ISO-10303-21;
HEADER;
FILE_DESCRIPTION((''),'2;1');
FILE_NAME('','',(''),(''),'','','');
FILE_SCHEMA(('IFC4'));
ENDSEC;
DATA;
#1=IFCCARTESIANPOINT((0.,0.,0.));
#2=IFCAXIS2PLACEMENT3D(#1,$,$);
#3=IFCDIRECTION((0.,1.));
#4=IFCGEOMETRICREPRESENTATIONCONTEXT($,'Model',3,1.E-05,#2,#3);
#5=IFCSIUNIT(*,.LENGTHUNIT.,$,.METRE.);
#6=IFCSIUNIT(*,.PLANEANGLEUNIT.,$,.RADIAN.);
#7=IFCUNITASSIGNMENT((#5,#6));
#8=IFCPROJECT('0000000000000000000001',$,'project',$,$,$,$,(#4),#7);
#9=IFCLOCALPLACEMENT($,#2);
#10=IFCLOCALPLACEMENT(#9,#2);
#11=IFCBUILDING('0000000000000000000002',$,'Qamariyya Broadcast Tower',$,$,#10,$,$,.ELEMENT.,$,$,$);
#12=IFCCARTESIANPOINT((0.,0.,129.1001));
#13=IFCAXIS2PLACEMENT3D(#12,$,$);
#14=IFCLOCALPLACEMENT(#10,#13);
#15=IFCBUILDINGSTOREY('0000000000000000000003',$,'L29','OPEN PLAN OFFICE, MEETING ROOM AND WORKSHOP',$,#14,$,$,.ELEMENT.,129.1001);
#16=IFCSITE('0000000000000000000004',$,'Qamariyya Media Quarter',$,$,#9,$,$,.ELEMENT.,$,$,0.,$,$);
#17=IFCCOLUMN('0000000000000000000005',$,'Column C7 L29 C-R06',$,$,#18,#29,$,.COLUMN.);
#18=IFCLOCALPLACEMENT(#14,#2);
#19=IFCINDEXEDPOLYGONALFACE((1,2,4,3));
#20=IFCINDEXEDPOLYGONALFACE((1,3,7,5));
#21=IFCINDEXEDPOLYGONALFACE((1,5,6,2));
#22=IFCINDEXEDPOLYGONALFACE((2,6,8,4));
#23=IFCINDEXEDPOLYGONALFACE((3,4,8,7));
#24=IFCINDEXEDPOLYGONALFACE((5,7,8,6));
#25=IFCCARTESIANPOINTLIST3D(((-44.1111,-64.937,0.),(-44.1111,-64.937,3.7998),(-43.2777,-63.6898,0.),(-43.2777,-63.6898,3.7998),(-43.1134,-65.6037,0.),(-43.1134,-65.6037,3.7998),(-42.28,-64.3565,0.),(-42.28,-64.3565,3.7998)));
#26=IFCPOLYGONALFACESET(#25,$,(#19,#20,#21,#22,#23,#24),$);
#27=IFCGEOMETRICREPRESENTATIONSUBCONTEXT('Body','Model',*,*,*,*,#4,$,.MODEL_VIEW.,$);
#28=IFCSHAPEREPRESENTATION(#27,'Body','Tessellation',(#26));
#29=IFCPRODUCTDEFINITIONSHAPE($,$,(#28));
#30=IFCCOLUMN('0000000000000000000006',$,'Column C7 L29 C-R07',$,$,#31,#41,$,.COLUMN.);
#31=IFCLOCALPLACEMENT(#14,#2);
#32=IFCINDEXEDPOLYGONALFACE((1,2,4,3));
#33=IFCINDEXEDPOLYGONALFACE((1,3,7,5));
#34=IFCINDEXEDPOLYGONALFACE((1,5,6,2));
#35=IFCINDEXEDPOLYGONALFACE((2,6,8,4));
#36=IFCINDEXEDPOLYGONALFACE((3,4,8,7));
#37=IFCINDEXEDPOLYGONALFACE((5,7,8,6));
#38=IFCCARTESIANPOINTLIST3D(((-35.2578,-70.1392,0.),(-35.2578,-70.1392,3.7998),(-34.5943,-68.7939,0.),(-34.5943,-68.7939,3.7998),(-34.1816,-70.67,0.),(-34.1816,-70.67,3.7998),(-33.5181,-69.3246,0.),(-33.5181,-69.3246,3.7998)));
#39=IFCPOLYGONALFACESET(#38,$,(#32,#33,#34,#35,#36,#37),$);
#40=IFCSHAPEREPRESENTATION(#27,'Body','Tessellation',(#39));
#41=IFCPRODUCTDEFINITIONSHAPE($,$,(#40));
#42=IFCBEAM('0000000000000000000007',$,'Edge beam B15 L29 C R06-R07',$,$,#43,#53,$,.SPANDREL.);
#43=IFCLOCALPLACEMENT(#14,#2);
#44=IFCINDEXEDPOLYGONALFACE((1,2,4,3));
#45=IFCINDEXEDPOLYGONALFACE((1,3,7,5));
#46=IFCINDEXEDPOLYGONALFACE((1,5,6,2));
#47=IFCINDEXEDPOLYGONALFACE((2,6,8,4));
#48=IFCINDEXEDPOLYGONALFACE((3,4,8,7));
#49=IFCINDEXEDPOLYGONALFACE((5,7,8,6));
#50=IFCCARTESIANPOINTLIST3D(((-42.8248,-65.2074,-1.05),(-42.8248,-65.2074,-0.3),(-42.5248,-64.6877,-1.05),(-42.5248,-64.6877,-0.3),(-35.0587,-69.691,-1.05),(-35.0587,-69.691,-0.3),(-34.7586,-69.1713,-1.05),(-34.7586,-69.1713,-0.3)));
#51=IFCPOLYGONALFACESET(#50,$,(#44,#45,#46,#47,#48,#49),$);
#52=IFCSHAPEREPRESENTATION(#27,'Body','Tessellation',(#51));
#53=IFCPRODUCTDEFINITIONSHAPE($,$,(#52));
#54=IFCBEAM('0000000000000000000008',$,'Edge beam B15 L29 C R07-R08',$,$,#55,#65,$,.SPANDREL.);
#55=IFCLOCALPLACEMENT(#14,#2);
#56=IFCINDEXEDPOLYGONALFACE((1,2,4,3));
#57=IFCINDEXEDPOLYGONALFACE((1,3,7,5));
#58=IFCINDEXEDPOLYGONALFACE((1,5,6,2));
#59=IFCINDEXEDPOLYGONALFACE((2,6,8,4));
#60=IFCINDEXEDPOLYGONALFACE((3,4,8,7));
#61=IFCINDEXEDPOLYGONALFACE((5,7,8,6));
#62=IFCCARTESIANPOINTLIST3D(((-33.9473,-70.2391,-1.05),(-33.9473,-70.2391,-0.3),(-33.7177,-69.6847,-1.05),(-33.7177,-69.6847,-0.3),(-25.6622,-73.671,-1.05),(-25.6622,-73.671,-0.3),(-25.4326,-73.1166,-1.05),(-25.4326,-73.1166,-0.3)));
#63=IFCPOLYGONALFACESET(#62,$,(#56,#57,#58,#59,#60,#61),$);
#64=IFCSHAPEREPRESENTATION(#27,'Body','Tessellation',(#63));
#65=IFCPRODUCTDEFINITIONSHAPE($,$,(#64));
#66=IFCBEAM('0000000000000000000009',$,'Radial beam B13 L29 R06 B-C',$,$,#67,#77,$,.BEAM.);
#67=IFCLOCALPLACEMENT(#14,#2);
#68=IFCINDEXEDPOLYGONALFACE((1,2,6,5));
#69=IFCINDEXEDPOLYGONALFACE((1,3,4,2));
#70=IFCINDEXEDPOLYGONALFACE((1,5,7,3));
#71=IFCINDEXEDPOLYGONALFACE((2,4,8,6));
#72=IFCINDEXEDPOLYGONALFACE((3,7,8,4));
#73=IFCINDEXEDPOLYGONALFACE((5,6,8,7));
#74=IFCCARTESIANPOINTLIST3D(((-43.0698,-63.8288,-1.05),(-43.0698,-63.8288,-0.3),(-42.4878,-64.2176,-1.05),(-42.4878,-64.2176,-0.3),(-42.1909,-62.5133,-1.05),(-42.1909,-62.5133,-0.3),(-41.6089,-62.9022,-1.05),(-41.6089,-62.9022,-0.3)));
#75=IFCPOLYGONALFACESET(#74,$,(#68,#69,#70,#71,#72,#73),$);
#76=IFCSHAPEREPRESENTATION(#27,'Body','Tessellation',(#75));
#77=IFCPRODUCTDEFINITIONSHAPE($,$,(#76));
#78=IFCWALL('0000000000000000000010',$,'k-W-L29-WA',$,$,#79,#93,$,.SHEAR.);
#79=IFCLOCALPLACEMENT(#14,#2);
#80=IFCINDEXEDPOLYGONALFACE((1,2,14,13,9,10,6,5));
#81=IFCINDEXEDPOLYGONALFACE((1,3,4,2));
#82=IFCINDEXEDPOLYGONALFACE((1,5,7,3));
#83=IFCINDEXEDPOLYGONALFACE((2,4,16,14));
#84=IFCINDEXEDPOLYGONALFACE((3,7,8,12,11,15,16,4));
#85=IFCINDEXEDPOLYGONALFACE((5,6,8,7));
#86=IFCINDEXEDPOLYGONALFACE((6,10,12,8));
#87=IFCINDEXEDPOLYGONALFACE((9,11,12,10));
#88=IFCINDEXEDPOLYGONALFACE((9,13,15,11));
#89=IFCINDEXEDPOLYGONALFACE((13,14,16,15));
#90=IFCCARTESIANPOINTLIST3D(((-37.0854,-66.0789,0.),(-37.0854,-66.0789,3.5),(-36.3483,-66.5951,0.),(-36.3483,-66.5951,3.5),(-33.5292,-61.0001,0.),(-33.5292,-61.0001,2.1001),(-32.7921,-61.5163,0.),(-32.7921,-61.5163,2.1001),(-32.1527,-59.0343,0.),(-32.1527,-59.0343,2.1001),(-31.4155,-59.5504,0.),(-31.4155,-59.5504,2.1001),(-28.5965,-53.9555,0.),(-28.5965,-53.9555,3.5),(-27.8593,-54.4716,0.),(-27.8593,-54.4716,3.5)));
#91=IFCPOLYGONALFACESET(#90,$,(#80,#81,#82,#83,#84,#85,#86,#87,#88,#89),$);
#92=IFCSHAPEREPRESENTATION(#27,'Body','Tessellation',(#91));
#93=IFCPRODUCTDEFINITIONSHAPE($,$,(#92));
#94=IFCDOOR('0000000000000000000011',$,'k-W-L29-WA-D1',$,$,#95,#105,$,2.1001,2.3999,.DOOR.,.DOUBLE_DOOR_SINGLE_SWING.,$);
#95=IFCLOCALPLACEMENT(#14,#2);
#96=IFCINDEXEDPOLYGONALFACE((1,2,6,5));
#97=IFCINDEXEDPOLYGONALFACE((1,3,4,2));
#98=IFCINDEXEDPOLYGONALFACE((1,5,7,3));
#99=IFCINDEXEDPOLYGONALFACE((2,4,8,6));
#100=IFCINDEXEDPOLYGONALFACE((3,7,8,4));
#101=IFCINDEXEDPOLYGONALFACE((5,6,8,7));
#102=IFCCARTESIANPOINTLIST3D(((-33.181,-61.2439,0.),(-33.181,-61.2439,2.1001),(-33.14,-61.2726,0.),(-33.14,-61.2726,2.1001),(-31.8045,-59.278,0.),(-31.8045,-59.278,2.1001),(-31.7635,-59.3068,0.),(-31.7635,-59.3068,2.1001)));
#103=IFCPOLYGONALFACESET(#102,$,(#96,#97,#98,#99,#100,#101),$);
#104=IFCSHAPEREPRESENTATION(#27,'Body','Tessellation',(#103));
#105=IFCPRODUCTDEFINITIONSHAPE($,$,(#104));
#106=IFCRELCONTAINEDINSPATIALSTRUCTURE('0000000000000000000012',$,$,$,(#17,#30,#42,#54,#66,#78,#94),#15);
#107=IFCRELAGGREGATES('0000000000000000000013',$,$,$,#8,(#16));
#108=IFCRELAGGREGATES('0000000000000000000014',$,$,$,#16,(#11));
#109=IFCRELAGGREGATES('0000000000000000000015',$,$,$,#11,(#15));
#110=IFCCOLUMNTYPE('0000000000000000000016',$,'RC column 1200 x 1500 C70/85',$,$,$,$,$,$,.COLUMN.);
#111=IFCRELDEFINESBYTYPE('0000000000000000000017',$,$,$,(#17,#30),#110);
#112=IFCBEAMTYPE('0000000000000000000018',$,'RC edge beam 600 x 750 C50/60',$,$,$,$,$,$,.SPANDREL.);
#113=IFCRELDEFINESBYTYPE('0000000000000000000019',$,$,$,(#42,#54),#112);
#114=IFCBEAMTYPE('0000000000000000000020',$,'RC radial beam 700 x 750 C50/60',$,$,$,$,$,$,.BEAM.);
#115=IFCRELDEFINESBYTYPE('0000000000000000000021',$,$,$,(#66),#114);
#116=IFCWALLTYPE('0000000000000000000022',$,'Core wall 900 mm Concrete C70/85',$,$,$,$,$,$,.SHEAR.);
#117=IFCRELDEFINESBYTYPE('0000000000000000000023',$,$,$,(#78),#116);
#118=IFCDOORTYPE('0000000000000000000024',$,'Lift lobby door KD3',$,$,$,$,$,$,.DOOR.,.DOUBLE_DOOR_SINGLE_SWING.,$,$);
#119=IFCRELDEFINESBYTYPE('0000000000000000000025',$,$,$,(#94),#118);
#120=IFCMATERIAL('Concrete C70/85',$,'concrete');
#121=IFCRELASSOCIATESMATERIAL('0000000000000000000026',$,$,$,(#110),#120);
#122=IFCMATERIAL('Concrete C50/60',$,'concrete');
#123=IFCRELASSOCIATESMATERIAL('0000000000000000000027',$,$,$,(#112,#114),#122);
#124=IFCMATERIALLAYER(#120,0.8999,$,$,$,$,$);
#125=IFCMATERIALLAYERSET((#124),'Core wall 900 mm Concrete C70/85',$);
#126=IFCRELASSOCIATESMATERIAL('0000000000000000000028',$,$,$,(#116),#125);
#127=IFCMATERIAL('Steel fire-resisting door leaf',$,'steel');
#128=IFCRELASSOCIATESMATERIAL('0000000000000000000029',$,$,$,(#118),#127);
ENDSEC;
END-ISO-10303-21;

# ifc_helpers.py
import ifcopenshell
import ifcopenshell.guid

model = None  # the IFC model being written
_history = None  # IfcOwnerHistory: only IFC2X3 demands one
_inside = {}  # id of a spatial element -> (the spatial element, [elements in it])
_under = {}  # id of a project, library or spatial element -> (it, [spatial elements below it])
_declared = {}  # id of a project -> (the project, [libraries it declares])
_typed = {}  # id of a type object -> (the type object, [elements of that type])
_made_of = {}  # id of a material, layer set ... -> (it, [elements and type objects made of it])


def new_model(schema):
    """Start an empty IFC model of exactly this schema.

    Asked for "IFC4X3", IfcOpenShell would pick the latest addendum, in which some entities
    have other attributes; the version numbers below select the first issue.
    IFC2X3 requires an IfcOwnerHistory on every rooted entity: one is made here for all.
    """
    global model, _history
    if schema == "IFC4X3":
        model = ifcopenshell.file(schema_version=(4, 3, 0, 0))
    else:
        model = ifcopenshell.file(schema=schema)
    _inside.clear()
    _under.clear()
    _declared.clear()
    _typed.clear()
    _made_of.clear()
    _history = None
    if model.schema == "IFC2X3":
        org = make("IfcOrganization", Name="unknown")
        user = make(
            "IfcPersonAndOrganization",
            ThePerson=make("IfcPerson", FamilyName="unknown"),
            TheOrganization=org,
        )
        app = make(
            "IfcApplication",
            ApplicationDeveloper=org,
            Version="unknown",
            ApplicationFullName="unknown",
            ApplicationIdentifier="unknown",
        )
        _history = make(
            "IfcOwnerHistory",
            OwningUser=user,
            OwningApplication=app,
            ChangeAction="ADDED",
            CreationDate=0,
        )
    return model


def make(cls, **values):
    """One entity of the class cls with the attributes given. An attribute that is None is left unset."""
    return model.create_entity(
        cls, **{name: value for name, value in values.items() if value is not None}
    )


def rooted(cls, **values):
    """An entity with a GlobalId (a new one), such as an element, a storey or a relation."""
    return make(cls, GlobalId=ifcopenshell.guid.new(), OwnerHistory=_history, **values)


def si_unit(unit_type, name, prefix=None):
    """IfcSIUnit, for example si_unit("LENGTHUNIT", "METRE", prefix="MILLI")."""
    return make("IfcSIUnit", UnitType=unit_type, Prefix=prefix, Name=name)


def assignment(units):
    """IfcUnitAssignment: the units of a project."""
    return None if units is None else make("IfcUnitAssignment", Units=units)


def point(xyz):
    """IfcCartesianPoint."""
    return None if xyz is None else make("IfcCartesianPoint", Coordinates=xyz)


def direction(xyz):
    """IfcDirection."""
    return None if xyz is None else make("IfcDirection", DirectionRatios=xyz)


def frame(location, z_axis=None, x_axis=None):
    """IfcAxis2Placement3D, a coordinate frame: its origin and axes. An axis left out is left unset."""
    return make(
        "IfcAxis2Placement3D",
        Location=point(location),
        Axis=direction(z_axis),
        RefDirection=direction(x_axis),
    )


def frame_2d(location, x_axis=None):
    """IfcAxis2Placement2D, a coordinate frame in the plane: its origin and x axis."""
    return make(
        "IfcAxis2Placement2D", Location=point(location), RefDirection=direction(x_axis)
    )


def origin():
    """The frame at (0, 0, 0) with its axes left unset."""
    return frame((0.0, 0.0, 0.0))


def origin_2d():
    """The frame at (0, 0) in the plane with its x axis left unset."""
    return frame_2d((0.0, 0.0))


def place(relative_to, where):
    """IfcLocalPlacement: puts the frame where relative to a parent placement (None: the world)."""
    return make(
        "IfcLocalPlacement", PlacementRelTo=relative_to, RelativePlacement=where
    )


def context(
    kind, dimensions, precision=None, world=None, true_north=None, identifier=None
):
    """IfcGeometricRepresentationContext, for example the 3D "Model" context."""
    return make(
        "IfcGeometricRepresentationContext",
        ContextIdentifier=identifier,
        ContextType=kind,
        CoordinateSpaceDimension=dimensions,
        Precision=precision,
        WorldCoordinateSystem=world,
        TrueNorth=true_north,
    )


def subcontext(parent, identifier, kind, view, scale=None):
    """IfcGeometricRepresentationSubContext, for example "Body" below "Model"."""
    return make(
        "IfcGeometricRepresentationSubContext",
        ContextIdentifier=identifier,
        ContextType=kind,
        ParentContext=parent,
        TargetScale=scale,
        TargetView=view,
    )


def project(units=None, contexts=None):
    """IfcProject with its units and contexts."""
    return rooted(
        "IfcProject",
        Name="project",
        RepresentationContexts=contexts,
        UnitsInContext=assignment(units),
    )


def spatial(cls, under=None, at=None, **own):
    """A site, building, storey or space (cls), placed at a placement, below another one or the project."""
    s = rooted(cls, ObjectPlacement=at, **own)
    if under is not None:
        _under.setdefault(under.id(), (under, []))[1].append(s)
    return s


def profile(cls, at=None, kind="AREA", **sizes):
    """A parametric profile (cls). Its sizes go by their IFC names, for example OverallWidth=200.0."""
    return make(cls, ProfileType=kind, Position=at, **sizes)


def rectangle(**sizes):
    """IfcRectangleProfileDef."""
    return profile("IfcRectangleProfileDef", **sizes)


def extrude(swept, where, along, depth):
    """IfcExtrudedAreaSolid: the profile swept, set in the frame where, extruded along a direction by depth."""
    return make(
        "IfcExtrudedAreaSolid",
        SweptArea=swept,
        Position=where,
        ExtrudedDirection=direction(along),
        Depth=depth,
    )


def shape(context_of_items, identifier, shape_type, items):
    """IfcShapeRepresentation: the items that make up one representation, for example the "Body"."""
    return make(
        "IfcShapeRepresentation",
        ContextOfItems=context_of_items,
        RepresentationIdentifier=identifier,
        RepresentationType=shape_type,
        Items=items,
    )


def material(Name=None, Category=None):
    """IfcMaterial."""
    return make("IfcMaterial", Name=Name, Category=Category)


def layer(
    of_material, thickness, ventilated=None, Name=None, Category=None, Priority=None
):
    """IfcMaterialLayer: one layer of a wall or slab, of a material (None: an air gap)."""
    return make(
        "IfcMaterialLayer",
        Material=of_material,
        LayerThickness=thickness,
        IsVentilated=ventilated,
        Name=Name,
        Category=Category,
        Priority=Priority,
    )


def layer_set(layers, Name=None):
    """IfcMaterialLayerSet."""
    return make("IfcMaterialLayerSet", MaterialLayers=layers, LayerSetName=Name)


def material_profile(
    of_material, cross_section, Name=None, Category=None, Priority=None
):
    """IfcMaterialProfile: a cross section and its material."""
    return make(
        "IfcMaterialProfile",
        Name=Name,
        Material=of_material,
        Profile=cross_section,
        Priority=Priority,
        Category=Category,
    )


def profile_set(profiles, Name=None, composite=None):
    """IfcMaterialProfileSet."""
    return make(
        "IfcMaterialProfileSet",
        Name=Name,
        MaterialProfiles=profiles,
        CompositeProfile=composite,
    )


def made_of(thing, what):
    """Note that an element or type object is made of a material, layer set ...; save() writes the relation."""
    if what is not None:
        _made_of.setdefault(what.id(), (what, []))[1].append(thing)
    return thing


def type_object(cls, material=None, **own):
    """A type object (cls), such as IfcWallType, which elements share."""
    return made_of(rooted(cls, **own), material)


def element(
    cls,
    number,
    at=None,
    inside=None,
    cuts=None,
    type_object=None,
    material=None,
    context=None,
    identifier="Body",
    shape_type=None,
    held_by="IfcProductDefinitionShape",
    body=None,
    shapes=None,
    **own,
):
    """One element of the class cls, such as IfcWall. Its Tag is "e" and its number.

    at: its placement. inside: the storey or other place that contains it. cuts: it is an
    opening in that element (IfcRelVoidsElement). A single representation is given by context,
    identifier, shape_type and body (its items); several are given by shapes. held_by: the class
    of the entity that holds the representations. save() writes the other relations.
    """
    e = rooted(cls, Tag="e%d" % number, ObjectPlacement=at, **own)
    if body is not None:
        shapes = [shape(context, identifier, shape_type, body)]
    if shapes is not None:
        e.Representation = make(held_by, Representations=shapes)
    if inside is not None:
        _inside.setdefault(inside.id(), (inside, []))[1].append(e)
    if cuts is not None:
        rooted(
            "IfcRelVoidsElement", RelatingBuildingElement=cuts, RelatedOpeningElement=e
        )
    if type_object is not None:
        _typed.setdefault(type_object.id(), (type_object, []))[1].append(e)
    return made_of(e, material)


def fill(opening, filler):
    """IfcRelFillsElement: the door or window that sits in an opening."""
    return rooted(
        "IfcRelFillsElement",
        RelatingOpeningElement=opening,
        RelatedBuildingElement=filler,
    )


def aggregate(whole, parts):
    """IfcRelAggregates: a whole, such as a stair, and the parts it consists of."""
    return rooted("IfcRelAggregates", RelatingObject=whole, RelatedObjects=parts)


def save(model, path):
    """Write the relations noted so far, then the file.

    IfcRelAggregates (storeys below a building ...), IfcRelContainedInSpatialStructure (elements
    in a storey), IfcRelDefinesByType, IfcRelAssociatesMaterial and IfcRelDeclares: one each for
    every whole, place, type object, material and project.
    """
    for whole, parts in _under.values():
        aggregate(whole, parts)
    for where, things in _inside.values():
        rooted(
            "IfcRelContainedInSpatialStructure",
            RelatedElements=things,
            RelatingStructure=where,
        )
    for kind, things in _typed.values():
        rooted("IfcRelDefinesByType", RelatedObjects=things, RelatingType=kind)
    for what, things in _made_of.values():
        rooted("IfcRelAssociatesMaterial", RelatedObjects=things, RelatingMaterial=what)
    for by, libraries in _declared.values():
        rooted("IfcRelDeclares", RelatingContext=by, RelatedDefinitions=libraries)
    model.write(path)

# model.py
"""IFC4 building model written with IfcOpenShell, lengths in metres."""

from ifc_helpers import new_model, si_unit, direction, frame, frame_2d, origin, origin_2d, place, context, subcontext, project, spatial, rectangle, extrude, material, layer, layer_set, material_profile, profile_set, type_object, element, fill, save


model = new_model("IFC4")

# Units and contexts
model_context = context("Model", 3, precision=1e-05, world=origin(), true_north=direction((0.0, 1.0)))
body_context = subcontext(model_context, "Body", "Model", "MODEL_VIEW")
ifc_project = project(units=[si_unit("LENGTHUNIT", "METRE"), si_unit("PLANEANGLEUNIT", "RADIAN")], contexts=[model_context])

# Site, building, storey
site_placement = place(None, origin())
site = spatial("IfcSite", under=ifc_project, at=site_placement, Name="Qamariyya Media Quarter", CompositionType="ELEMENT", RefElevation=0.0)
building_placement = place(site_placement, origin())
building = spatial("IfcBuilding", under=site, at=building_placement, Name="Qamariyya Broadcast Tower", CompositionType="ELEMENT")
storey_placement = place(building_placement, frame((0.0, 0.0, 129.1001)))
storey = spatial("IfcBuildingStorey", under=building, at=storey_placement, Name="L29", Description="OPEN PLAN OFFICE, MEETING ROOM AND WORKSHOP", CompositionType="ELEMENT", Elevation=129.1001)

# Columns
ifc_material_1 = material(Name="Concrete C70/85", Category="concrete")
ifc_material_profile_1 = material_profile(ifc_material_1, rectangle(XDim=1.2, YDim=1.5, at=origin_2d()))
ifc_profile_set_1 = profile_set([ifc_material_profile_1], Name="Concrete C70/85")
column_type = type_object("IfcColumnType", Name="RC column 1200 x 1500 C70/85", PredefinedType="COLUMN", material=ifc_profile_set_1)
for number, where, z_axis, x_axis, name in (
    (1, (-43.1956, -64.6467, 0.0), (0.0, 0.0, 1.0), (0.83147, -0.55557, 0.0), "Column C7 L29 C-R06"),
    (2, (-34.3879, -69.7319, 0.0), (0.0, 0.0, 1.0), (0.896873, -0.442289, 0.0), "Column C7 L29 C-R07"),
):
    element("IfcColumn", number, at=place(storey_placement, frame(where, z_axis=z_axis, x_axis=x_axis)), inside=storey, type_object=column_type, Name=name, PredefinedType="COLUMN", context=body_context, shape_type="SweptSolid", body=[
        extrude(rectangle(XDim=1.2, YDim=1.5, at=origin_2d()), origin(), (0.0, 0.0, 1.0), 3.7998),
    ])

# Beams
ifc_material_2 = material(Name="Concrete C50/60", Category="concrete")
ifc_material_profile_2 = material_profile(ifc_material_2, rectangle(XDim=0.6001, YDim=0.75, at=origin_2d()))
ifc_profile_set_2 = profile_set([ifc_material_profile_2], Name="Concrete C50/60")
beam_type_1 = type_object("IfcBeamType", Name="RC edge beam 600 x 750 C50/60", PredefinedType="SPANDREL", material=ifc_profile_set_2)
beam_1_placement = place(storey_placement, frame((-42.6748, -64.9475, -0.675), z_axis=(0.866031, -0.49999, 0.0), x_axis=(0.49999, 0.866031, 0.0)))
element("IfcBeam", 3, at=beam_1_placement, inside=storey, type_object=beam_type_1, Name="Edge beam B15 L29 C R06-R07", PredefinedType="SPANDREL", context=body_context, shape_type="SweptSolid", body=[
    extrude(rectangle(XDim=0.6001, YDim=0.75, at=origin_2d()), origin(), (0.0, 0.0, 1.0), 8.9675),
])
beam_2_placement = place(storey_placement, frame((-33.8325, -69.9619, -0.675), z_axis=(0.923877, -0.382689, 0.0), x_axis=(0.382689, 0.923877, 0.0)))
element("IfcBeam", 4, at=beam_2_placement, inside=storey, type_object=beam_type_1, Name="Edge beam B15 L29 C R07-R08", PredefinedType="SPANDREL", context=body_context, shape_type="SweptSolid", body=[
    extrude(rectangle(XDim=0.6001, YDim=0.75, at=origin_2d()), origin(), (0.0, 0.0, 1.0), 8.9678),
])
ifc_material_profile_3 = material_profile(ifc_material_2, rectangle(XDim=0.7, YDim=0.75, at=origin_2d()))
ifc_profile_set_3 = profile_set([ifc_material_profile_3], Name="Concrete C50/60")
beam_type_2 = type_object("IfcBeamType", Name="RC radial beam 700 x 750 C50/60", PredefinedType="BEAM", material=ifc_profile_set_3)
beam_3_placement = place(storey_placement, frame((-41.8999, -62.7078, -0.675), z_axis=(-0.555555, -0.83148, 0.0), x_axis=(0.83148, -0.555555, 0.0)))
element("IfcBeam", 5, at=beam_3_placement, inside=storey, type_object=beam_type_2, Name="Radial beam B13 L29 R06 B-C", PredefinedType="BEAM", context=body_context, shape_type="SweptSolid", body=[
    extrude(rectangle(XDim=0.7, YDim=0.75, at=origin_2d()), origin(), (0.0, 0.0, 1.0), 1.582),
])

# Wall, opening, door
ifc_layer_1 = layer(ifc_material_1, 0.8999)
ifc_layer_set_1 = layer_set([ifc_layer_1], Name="Core wall 900 mm Concrete C70/85")
wall_type_1 = type_object("IfcWallType", Name="Core wall 900 mm Concrete C70/85", PredefinedType="SHEAR", material=ifc_layer_set_1)
wall_1_placement = place(storey_placement, frame((-36.7168, -66.3369, 0.0), z_axis=(0.0, 0.0, 1.0), x_axis=(0.573577, 0.819151, 0.0)))
wall_1 = element("IfcWall", 6, at=wall_1_placement, inside=storey, type_object=wall_type_1, Name="k-W-L29-WA", PredefinedType="SHEAR", context=body_context, shape_type="SweptSolid", body=[
    extrude(rectangle(XDim=14.8, YDim=0.8999, at=frame_2d((7.3999, 0.0))), origin(), (0.0, 0.0, 1.0), 3.5),
])
opening_1_placement = place(wall_1_placement, frame((6.2, 0.0, 0.0)))
opening_1 = element("IfcOpeningElement", 7, at=opening_1_placement, cuts=wall_1, PredefinedType="OPENING", context=body_context, shape_type="SweptSolid", body=[
    extrude(rectangle(XDim=2.3999, YDim=2.1001, at=frame_2d((1.2, 1.05))), frame((0.0, 0.46, 0.0), z_axis=(0.0, -1.0, 0.0), x_axis=(1.0, 0.0, 0.0)), (0.0, 0.0, 1.0), 0.9199),
])
ifc_material_3 = material(Name="Steel fire-resisting door leaf", Category="steel")
door_type_1 = type_object("IfcDoorType", Name="Lift lobby door KD3", OperationType="DOUBLE_DOOR_SINGLE_SWING", PredefinedType="DOOR", material=ifc_material_3)
door_1_placement = place(opening_1_placement, origin())
door_1 = element("IfcDoor", 8, at=door_1_placement, inside=storey, type_object=door_type_1, Name="k-W-L29-WA-D1", OperationType="DOUBLE_DOOR_SINGLE_SWING", OverallHeight=2.1001, OverallWidth=2.3999, PredefinedType="DOOR", context=body_context, shape_type="SweptSolid", body=[
    extrude(rectangle(XDim=2.3999, YDim=2.1001, at=frame_2d((1.2, 1.05))), frame((0.0, 0.0249, 0.0), z_axis=(0.0, -1.0, 0.0), x_axis=(1.0, 0.0, 0.0)), (0.0, 0.0, 1.0), 0.05),
])
fill(opening_1, door_1)

save(model, "model.ifc")
